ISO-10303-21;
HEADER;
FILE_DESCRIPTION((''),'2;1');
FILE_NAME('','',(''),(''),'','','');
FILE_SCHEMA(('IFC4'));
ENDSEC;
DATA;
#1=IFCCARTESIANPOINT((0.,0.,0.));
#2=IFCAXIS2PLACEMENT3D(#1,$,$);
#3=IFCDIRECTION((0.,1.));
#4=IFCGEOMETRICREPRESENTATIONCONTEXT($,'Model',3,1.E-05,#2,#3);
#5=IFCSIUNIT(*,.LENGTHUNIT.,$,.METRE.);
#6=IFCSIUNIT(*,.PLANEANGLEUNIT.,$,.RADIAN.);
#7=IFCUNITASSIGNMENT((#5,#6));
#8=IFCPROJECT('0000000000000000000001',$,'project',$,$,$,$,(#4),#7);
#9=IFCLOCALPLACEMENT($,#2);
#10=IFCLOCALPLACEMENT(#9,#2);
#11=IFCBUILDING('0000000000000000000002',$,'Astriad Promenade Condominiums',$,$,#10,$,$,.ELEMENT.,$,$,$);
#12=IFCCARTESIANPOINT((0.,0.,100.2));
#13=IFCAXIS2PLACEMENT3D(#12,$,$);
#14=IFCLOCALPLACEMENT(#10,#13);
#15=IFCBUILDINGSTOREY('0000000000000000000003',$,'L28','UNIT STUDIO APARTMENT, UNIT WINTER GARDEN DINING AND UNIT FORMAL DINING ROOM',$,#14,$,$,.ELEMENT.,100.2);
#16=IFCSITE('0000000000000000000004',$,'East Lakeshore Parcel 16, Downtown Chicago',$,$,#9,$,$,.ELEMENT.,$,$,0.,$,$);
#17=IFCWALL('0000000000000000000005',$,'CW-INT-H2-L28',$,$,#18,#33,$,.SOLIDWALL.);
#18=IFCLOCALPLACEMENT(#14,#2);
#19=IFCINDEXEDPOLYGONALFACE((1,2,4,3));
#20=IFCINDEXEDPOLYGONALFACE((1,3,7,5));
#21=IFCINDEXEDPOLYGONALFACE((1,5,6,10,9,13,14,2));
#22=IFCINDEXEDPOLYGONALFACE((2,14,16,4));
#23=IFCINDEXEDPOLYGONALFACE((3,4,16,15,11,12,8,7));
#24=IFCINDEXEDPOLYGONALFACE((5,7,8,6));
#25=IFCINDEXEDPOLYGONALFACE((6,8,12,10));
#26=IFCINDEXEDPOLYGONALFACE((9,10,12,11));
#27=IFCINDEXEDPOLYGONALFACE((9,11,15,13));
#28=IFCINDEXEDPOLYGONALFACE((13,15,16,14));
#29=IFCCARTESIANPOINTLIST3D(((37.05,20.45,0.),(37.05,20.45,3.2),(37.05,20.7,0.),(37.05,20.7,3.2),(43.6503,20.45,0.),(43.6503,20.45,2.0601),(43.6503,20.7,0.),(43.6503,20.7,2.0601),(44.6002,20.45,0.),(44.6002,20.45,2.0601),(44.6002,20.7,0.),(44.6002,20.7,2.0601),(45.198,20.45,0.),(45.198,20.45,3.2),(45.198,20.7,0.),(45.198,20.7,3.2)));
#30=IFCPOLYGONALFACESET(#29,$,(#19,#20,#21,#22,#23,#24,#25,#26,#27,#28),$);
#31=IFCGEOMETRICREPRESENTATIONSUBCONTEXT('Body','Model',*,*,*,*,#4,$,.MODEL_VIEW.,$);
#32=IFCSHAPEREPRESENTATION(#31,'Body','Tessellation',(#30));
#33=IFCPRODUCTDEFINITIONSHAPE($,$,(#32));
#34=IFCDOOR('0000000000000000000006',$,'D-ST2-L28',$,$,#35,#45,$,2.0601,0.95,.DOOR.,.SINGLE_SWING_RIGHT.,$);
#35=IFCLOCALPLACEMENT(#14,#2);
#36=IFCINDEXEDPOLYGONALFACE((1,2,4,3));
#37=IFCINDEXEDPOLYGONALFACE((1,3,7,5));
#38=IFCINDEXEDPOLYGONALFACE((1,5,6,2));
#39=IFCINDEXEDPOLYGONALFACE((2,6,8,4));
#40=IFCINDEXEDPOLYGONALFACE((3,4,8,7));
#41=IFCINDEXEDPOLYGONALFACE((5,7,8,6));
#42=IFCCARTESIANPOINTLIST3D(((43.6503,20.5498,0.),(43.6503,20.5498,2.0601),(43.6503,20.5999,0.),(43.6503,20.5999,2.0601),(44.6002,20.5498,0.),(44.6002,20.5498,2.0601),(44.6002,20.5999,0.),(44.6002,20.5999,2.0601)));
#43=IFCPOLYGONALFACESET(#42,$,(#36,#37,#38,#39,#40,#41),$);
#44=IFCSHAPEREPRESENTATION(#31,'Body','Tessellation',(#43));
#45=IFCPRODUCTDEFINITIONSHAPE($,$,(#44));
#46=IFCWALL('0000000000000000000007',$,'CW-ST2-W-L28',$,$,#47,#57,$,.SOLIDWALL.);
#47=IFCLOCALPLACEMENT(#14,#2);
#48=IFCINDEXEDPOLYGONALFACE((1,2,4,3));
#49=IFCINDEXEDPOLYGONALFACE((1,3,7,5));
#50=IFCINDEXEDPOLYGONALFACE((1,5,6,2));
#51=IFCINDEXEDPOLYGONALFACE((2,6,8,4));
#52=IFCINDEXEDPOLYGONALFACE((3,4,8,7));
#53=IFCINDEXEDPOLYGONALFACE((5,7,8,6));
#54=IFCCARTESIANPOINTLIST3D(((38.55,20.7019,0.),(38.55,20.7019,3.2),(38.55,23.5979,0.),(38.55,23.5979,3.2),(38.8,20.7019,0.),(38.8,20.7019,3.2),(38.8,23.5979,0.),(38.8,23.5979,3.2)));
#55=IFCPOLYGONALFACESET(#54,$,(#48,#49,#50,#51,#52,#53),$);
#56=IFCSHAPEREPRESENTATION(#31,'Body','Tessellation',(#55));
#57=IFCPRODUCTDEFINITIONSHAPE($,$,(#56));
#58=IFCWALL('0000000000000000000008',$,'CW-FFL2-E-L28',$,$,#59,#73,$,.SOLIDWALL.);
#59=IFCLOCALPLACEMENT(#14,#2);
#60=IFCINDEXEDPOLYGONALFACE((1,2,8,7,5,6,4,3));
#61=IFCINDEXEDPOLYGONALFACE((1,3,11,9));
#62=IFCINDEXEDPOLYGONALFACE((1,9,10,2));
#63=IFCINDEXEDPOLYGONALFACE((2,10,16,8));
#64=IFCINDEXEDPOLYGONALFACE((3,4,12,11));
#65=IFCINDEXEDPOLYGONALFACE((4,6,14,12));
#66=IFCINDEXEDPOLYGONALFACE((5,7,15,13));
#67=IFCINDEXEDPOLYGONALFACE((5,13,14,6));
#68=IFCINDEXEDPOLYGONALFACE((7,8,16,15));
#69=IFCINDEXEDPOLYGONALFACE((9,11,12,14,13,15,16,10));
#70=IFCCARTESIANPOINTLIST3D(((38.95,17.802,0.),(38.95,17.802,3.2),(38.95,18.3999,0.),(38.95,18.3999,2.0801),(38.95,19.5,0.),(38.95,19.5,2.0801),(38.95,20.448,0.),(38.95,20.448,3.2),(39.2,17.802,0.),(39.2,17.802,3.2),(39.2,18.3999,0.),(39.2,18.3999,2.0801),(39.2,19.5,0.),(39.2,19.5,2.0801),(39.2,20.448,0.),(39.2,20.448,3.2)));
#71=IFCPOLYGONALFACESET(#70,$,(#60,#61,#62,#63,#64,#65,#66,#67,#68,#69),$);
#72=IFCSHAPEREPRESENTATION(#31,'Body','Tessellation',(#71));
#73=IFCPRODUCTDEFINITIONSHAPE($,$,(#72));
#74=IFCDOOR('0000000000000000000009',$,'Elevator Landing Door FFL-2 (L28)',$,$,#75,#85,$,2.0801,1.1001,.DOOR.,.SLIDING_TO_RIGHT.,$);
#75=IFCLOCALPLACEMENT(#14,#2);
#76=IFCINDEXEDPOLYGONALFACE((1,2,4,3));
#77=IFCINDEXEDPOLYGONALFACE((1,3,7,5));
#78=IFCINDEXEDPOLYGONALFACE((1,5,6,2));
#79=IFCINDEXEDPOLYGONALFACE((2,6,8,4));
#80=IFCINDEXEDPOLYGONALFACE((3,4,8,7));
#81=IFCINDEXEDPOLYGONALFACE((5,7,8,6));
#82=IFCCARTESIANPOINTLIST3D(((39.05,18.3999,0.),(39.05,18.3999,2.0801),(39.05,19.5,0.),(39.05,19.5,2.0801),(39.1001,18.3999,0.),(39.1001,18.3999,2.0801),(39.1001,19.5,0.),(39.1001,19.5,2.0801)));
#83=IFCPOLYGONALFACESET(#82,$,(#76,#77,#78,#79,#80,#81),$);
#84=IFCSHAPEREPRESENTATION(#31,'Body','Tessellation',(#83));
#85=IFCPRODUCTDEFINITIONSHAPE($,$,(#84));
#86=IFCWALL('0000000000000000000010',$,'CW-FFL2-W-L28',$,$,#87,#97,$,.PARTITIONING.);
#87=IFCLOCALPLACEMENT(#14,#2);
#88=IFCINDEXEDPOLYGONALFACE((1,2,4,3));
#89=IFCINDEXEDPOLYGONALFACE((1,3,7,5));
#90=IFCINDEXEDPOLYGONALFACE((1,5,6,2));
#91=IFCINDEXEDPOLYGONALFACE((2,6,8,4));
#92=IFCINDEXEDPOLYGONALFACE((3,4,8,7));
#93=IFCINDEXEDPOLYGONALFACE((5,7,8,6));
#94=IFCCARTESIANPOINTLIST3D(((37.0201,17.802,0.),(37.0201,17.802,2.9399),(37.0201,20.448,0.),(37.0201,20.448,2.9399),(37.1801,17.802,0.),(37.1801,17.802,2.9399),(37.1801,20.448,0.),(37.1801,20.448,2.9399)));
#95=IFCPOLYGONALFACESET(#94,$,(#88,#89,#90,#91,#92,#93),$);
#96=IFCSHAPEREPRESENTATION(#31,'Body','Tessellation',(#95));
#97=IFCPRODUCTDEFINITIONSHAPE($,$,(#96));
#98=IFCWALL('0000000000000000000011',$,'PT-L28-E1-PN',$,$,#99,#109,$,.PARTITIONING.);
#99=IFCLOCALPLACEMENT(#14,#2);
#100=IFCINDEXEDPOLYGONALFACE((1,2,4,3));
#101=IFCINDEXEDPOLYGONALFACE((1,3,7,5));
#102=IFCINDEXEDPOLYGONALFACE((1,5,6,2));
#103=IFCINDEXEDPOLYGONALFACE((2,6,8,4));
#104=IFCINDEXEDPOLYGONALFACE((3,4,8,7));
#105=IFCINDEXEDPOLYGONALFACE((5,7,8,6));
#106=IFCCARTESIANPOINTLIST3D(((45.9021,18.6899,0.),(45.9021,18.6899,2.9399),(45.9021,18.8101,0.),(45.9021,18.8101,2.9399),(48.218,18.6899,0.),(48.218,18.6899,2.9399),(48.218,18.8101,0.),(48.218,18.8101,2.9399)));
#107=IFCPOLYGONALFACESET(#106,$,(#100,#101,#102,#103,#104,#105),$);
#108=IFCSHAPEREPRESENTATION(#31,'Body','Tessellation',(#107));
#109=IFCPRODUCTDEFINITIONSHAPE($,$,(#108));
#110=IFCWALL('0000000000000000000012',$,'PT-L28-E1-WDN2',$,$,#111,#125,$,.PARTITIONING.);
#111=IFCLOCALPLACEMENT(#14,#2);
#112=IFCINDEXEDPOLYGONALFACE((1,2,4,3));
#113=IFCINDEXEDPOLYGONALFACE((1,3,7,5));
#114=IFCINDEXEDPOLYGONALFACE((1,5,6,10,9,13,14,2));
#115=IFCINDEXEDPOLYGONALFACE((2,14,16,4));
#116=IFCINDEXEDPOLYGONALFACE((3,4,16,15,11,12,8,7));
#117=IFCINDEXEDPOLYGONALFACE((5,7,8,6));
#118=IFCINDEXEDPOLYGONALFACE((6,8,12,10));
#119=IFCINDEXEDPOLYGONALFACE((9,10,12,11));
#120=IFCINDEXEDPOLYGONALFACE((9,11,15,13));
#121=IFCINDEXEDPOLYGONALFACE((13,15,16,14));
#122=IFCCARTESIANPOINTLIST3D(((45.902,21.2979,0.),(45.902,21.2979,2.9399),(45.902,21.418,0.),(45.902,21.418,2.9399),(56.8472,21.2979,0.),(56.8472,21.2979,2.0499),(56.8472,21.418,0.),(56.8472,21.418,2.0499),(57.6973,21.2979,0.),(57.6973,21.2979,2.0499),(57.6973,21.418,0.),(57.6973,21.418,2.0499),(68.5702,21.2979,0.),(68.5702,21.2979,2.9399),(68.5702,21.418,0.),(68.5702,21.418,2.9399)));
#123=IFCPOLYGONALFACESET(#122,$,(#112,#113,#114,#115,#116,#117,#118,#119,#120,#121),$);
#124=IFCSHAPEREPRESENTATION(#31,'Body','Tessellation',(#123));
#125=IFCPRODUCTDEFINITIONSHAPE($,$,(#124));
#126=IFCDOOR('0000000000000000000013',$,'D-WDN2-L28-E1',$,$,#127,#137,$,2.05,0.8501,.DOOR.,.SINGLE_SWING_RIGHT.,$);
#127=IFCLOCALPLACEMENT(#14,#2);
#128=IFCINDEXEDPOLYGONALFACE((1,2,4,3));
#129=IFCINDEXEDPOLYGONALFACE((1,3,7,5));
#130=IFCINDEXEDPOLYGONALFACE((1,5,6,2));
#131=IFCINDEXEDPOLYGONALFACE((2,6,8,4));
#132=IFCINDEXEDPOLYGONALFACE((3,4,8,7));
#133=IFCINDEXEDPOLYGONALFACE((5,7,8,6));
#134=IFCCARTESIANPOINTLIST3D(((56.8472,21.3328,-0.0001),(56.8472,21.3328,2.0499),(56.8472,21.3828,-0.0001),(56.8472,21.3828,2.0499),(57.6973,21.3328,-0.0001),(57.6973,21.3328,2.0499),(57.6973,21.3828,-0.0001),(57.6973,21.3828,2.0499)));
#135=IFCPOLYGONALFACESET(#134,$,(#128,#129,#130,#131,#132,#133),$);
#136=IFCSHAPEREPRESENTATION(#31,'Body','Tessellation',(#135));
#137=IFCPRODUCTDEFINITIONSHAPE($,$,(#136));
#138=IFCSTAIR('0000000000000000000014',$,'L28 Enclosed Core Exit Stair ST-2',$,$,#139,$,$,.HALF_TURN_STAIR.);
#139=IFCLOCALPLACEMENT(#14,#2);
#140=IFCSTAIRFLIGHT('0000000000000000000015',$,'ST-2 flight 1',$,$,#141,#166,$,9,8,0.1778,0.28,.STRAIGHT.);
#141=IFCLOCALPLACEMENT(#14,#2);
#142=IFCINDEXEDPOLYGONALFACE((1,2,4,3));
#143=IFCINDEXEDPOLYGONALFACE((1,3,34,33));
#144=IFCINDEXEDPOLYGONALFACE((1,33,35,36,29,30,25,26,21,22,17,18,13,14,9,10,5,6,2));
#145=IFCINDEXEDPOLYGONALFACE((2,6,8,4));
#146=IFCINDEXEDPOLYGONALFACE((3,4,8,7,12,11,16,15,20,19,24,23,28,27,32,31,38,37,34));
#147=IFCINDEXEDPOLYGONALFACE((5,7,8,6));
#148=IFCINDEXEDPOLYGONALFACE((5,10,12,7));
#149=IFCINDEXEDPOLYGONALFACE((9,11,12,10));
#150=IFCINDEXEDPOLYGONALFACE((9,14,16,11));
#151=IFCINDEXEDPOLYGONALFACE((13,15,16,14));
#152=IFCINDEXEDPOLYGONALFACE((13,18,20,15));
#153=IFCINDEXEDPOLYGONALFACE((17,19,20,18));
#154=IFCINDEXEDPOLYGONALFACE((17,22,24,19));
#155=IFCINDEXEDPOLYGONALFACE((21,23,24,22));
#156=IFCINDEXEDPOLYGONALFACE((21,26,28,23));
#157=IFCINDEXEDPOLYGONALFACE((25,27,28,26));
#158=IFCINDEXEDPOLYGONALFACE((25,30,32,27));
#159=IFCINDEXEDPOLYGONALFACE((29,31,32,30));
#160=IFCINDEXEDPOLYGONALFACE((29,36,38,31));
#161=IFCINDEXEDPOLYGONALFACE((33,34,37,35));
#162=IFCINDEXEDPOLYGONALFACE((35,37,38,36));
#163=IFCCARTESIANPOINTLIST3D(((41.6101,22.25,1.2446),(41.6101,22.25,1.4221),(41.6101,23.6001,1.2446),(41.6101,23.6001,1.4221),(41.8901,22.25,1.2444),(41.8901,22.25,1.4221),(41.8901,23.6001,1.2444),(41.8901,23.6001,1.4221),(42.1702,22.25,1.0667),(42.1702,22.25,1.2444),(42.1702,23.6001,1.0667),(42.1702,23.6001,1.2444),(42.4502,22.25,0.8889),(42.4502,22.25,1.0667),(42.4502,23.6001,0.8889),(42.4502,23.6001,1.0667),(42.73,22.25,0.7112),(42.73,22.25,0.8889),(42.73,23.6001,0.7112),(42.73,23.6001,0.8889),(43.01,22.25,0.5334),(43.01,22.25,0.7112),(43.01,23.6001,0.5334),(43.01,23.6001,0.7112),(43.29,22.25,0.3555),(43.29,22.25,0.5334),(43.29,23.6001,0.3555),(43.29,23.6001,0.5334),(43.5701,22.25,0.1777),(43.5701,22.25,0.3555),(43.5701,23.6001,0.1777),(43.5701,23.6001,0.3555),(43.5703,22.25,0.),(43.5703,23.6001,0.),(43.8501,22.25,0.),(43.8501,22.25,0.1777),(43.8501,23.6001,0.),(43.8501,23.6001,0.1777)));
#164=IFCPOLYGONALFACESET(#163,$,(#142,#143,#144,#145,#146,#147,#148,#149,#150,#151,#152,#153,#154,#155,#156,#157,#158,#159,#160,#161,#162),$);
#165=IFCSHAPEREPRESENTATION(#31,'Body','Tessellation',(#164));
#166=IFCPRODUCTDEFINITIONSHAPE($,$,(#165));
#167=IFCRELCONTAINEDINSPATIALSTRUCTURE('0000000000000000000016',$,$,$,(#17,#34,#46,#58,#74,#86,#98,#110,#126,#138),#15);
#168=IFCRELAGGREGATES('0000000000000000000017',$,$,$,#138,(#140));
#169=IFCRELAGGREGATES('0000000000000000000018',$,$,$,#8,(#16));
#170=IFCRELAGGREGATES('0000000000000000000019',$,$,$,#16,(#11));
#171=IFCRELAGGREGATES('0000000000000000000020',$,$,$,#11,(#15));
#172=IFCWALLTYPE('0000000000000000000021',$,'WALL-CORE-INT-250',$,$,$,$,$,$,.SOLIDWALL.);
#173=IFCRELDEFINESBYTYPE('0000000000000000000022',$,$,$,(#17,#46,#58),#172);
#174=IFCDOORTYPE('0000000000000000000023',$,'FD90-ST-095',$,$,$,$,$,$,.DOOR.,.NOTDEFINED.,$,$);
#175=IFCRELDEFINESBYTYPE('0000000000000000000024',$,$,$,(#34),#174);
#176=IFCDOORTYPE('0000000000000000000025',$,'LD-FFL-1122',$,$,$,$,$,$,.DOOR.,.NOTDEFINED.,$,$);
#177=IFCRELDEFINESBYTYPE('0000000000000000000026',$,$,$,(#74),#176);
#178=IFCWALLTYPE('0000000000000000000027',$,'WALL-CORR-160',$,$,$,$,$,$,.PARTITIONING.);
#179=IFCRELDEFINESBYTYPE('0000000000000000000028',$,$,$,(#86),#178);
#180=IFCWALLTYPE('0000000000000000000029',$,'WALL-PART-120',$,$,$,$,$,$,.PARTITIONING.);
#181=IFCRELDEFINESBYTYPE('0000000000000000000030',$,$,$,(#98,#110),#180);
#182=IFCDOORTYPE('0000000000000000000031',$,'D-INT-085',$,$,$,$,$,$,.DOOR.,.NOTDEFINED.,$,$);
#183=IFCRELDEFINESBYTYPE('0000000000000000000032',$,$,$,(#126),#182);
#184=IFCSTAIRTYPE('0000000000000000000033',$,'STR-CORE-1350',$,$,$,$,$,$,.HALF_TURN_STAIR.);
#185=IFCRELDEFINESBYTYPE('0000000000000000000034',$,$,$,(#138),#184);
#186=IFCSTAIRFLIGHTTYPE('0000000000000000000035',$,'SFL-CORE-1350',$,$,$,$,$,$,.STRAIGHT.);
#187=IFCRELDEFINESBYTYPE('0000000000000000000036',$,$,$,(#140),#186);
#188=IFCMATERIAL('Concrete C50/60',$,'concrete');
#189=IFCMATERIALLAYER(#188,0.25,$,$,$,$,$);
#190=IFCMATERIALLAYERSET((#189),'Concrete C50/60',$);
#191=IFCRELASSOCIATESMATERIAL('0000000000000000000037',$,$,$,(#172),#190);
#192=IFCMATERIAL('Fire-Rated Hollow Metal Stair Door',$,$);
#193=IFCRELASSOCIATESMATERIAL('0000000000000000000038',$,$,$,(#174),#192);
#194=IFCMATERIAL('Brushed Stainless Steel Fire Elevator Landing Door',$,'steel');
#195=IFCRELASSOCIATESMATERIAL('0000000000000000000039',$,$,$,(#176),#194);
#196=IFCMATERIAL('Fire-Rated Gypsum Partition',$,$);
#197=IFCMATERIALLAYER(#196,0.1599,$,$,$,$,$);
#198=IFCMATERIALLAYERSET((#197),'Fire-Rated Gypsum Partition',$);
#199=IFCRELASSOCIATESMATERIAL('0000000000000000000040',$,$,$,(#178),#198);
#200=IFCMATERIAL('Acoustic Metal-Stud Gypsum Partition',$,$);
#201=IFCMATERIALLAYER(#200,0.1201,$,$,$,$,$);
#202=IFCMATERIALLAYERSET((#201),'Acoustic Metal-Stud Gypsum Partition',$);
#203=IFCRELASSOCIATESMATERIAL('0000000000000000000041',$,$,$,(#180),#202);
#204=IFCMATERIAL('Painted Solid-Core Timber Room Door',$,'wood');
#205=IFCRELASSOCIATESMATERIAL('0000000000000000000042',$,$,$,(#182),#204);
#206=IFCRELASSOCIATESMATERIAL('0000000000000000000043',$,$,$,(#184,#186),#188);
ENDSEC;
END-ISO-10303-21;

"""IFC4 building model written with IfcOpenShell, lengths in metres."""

from ifc_helpers import new_model, si_unit, direction, frame, frame_2d, origin, place, context, subcontext, project, spatial, polyline, rectangle, outline, extrude, source, transform, mapped, material, layer, layer_set, type_object, type_shapes, element, fill, aggregate, save


model = new_model("IFC4")

# Units and contexts
model_context = context("Model", 3, precision=1e-05, world=origin(), true_north=direction((0.0, 1.0)))
body_context = subcontext(model_context, "Body", "Model", "MODEL_VIEW")
ifc_project = project(units=[si_unit("LENGTHUNIT", "METRE"), si_unit("PLANEANGLEUNIT", "RADIAN")], contexts=[model_context])

# Site, building, storey
site_placement = place(None, origin())
site = spatial("IfcSite", under=ifc_project, at=site_placement, Name="East Lakeshore Parcel 16, Downtown Chicago", CompositionType="ELEMENT", RefElevation=0.0)
building_placement = place(site_placement, origin())
building = spatial("IfcBuilding", under=site, at=building_placement, Name="Astriad Promenade Condominiums", CompositionType="ELEMENT")
storey_placement = place(building_placement, frame((0.0, 0.0, 100.2)))
storey = spatial("IfcBuildingStorey", under=building, at=storey_placement, Name="L28", Description="UNIT STUDIO APARTMENT, UNIT WINTER GARDEN DINING AND UNIT FORMAL DINING ROOM", CompositionType="ELEMENT", Elevation=100.2)

# Wall, opening, door
ifc_material_1 = material(Name="Concrete C50/60", Category="concrete")
ifc_layer_1 = layer(ifc_material_1, 0.25)
ifc_layer_set_1 = layer_set([ifc_layer_1], Name="Concrete C50/60")
wall_type_1 = type_object("IfcWallType", Name="WALL-CORE-INT-250", PredefinedType="SOLIDWALL", material=ifc_layer_set_1)
wall_1_placement = place(storey_placement, frame((37.05, 20.575, 0.0), z_axis=(0.0, 0.0, 1.0), x_axis=(1.0, 0.0, 0.0)))
wall_1 = element("IfcWall", 1, at=wall_1_placement, inside=storey, type_object=wall_type_1, Name="CW-INT-H2-L28", PredefinedType="SOLIDWALL", context=body_context, shape_type="SweptSolid", body=[
    extrude(rectangle(XDim=8.1479, YDim=0.25, at=frame_2d((4.074, 0.0))), origin(), (0.0, 0.0, 1.0), 3.2),
])
opening_1_placement = place(wall_1_placement, frame((6.6001, 0.0, 0.0)))
opening_1 = element("IfcOpeningElement", 2, at=opening_1_placement, cuts=wall_1, PredefinedType="OPENING", context=body_context, shape_type="SweptSolid", body=[
    extrude(rectangle(XDim=0.95, YDim=2.0601, at=frame_2d((0.4751, 1.03))), frame((0.0, 0.135, 0.0), z_axis=(0.0, -1.0, 0.0), x_axis=(1.0, 0.0, 0.0)), (0.0, 0.0, 1.0), 0.27),
])
ifc_material_2 = material(Name="Fire-Rated Hollow Metal Stair Door")
door_type_1 = type_object("IfcDoorType", Name="FD90-ST-095", OperationType="NOTDEFINED", PredefinedType="DOOR", material=ifc_material_2)
shared_shape_1 = source(origin(), body_context, "Body", "SweptSolid", [
    extrude(rectangle(XDim=0.95, YDim=2.0601, at=frame_2d((0.4751, 1.03))), frame((0.0, 0.0249, 0.0), z_axis=(0.0, -1.0, 0.0), x_axis=(1.0, 0.0, 0.0)), (0.0, 0.0, 1.0), 0.05),
])
type_shapes(door_type_1, [shared_shape_1])
door_1_placement = place(opening_1_placement, origin())
door_1 = element("IfcDoor", 3, at=door_1_placement, inside=storey, type_object=door_type_1, Name="D-ST2-L28", OperationType="SINGLE_SWING_RIGHT", OverallHeight=2.0601, OverallWidth=0.95, PredefinedType="DOOR", context=body_context, shape_type="MappedRepresentation", body=[
    mapped(shared_shape_1, transform((0.0, 0.0, 0.0), scale=1.0)),
])
fill(opening_1, door_1)

# Wall
wall_2_placement = place(storey_placement, frame((38.675, 20.7019, 0.0), z_axis=(0.0, 0.0, 1.0), x_axis=(0.0, 1.0, 0.0)))
element("IfcWall", 4, at=wall_2_placement, inside=storey, type_object=wall_type_1, Name="CW-ST2-W-L28", PredefinedType="SOLIDWALL", context=body_context, shape_type="SweptSolid", body=[
    extrude(rectangle(XDim=2.896, YDim=0.25, at=frame_2d((1.448, 0.0))), origin(), (0.0, 0.0, 1.0), 3.2),
])

# Wall, opening, door
wall_3_placement = place(storey_placement, frame((39.075, 17.802, 0.0), z_axis=(0.0, 0.0, 1.0), x_axis=(0.0, 1.0, 0.0)))
wall_3 = element("IfcWall", 5, at=wall_3_placement, inside=storey, type_object=wall_type_1, Name="CW-FFL2-E-L28", PredefinedType="SOLIDWALL", context=body_context, shape_type="SweptSolid", body=[
    extrude(rectangle(XDim=2.646, YDim=0.25, at=frame_2d((1.323, 0.0))), origin(), (0.0, 0.0, 1.0), 3.2),
])
opening_2_placement = place(wall_3_placement, frame((0.5979, 0.0, 0.0)))
opening_2 = element("IfcOpeningElement", 6, at=opening_2_placement, cuts=wall_3, PredefinedType="OPENING", context=body_context, shape_type="SweptSolid", body=[
    extrude(rectangle(XDim=1.1001, YDim=2.0801, at=frame_2d((0.55, 1.04))), frame((0.0, 0.135, 0.0), z_axis=(0.0, -1.0, 0.0), x_axis=(1.0, 0.0, 0.0)), (0.0, 0.0, 1.0), 0.27),
])
ifc_material_3 = material(Name="Brushed Stainless Steel Fire Elevator Landing Door", Category="steel")
door_type_2 = type_object("IfcDoorType", Name="LD-FFL-1122", OperationType="NOTDEFINED", PredefinedType="DOOR", material=ifc_material_3)
shared_shape_2 = source(origin(), body_context, "Body", "SweptSolid", [
    extrude(rectangle(XDim=1.1001, YDim=2.0801, at=frame_2d((0.55, 1.04))), frame((0.0, 0.0249, 0.0), z_axis=(0.0, -1.0, 0.0), x_axis=(1.0, 0.0, 0.0)), (0.0, 0.0, 1.0), 0.05),
])
type_shapes(door_type_2, [shared_shape_2])
door_2_placement = place(opening_2_placement, origin())
door_2 = element("IfcDoor", 7, at=door_2_placement, inside=storey, type_object=door_type_2, Name="Elevator Landing Door FFL-2 (L28)", OperationType="SLIDING_TO_RIGHT", OverallHeight=2.0801, OverallWidth=1.1001, PredefinedType="DOOR", context=body_context, shape_type="MappedRepresentation", body=[
    mapped(shared_shape_2, transform((0.0, 0.0, 0.0), scale=1.0)),
])
fill(opening_2, door_2)

# Walls
ifc_material_4 = material(Name="Fire-Rated Gypsum Partition")
ifc_layer_2 = layer(ifc_material_4, 0.1599)
ifc_layer_set_2 = layer_set([ifc_layer_2], Name="Fire-Rated Gypsum Partition")
wall_type_2 = type_object("IfcWallType", Name="WALL-CORR-160", PredefinedType="PARTITIONING", material=ifc_layer_set_2)
wall_4_placement = place(storey_placement, frame((37.1001, 17.802, 0.0), z_axis=(0.0, 0.0, 1.0), x_axis=(0.0, 1.0, 0.0)))
element("IfcWall", 8, at=wall_4_placement, inside=storey, type_object=wall_type_2, Name="CW-FFL2-W-L28", PredefinedType="PARTITIONING", context=body_context, shape_type="SweptSolid", body=[
    extrude(rectangle(XDim=2.646, YDim=0.1599, at=frame_2d((1.323, 0.0))), origin(), (0.0, 0.0, 1.0), 2.9399),
])
ifc_material_5 = material(Name="Acoustic Metal-Stud Gypsum Partition")
ifc_layer_3 = layer(ifc_material_5, 0.1201)
ifc_layer_set_3 = layer_set([ifc_layer_3], Name="Acoustic Metal-Stud Gypsum Partition")
wall_type_3 = type_object("IfcWallType", Name="WALL-PART-120", PredefinedType="PARTITIONING", material=ifc_layer_set_3)
wall_5_placement = place(storey_placement, frame((45.9021, 18.75, 0.0), z_axis=(0.0, 0.0, 1.0), x_axis=(1.0, 0.0, 0.0)))
element("IfcWall", 9, at=wall_5_placement, inside=storey, type_object=wall_type_3, Name="PT-L28-E1-PN", PredefinedType="PARTITIONING", context=body_context, shape_type="SweptSolid", body=[
    extrude(rectangle(XDim=2.3159, YDim=0.1201, at=frame_2d((1.158, 0.0))), origin(), (0.0, 0.0, 1.0), 2.9399),
])

# Wall, opening, door
wall_6_placement = place(storey_placement, frame((45.9021, 21.3579, 0.0), z_axis=(0.0, 0.0, 1.0), x_axis=(1.0, 0.0, 0.0)))
wall_6 = element("IfcWall", 10, at=wall_6_placement, inside=storey, type_object=wall_type_3, Name="PT-L28-E1-WDN2", PredefinedType="PARTITIONING", context=body_context, shape_type="SweptSolid", body=[
    extrude(rectangle(XDim=22.6682, YDim=0.1201, at=frame_2d((11.334, 0.0))), origin(), (0.0, 0.0, 1.0), 2.9399),
])
opening_3_placement = place(wall_6_placement, frame((10.9451, 0.0, 0.0)))
opening_3 = element("IfcOpeningElement", 11, at=opening_3_placement, cuts=wall_6, PredefinedType="OPENING", context=body_context, shape_type="SweptSolid", body=[
    extrude(rectangle(XDim=0.8501, YDim=2.05, at=frame_2d((0.425, 1.0249))), frame((0.0, 0.0701, 0.0), z_axis=(0.0, -1.0, 0.0), x_axis=(1.0, 0.0, 0.0)), (0.0, 0.0, 1.0), 0.1401),
])
ifc_material_6 = material(Name="Painted Solid-Core Timber Room Door", Category="wood")
door_type_3 = type_object("IfcDoorType", Name="D-INT-085", OperationType="NOTDEFINED", PredefinedType="DOOR", material=ifc_material_6)
shared_shape_3 = source(origin(), body_context, "Body", "SweptSolid", [
    extrude(rectangle(XDim=0.8501, YDim=2.05, at=frame_2d((0.425, 1.0249))), frame((0.0, 0.0249, 0.0), z_axis=(0.0, -1.0, 0.0), x_axis=(1.0, 0.0, 0.0)), (0.0, 0.0, 1.0), 0.05),
])
type_shapes(door_type_3, [shared_shape_3])
door_3_placement = place(opening_3_placement, origin())
door_3 = element("IfcDoor", 12, at=door_3_placement, inside=storey, type_object=door_type_3, Name="D-WDN2-L28-E1", OperationType="SINGLE_SWING_RIGHT", OverallHeight=2.05, OverallWidth=0.8501, PredefinedType="DOOR", context=body_context, shape_type="MappedRepresentation", body=[
    mapped(shared_shape_3, transform((0.0, 0.0, 0.0), scale=1.0)),
])
fill(opening_3, door_3)

# Stair, stair flight
stair_type = type_object("IfcStairType", Name="STR-CORE-1350", PredefinedType="HALF_TURN_STAIR", material=ifc_material_1)
stair_placement = place(storey_placement, origin())
stair = element("IfcStair", 13, at=stair_placement, inside=storey, type_object=stair_type, Name="L28 Enclosed Core Exit Stair ST-2", PredefinedType="HALF_TURN_STAIR")
stair_flight_type = type_object("IfcStairFlightType", Name="SFL-CORE-1350", PredefinedType="STRAIGHT", material=ifc_material_1)
shared_shape_4 = source(origin(), body_context, "Body", "SweptSolid", [
    extrude(outline(polyline([(0.0, 0.0), (0.0, 0.1777), (0.28, 0.1777), (0.28, 0.3555), (0.5601, 0.3555), (0.5601, 0.5334), (0.8401, 0.5334), (0.8401, 0.7112), (1.1201, 0.7112), (1.1201, 0.8889), (1.3999, 0.8889), (1.3999, 1.0667), (1.6799, 1.0667), (1.6799, 1.2444), (1.96, 1.2444), (1.96, 1.4221), (2.24, 1.4221), (2.24, 1.6001), (2.24, 1.2446), (0.2798, 0.0), (0.0, 0.0)])), frame((0.0, 0.675, 0.0), z_axis=(0.0, -1.0, 0.0), x_axis=(1.0, 0.0, 0.0)), (0.0, 0.0, 1.0), 1.3501),
])
type_shapes(stair_flight_type, [shared_shape_4])
stair_flight_1_placement = place(storey_placement, frame((43.8501, 22.925, 0.0), z_axis=(0.0, 0.0, 1.0), x_axis=(-1.0, 0.0, 0.0)))
stair_flight_1 = element("IfcStairFlight", 14, at=stair_flight_1_placement, type_object=stair_flight_type, Name="ST-2 flight 1", NumberOfRisers=9, NumberOfTreads=8, PredefinedType="STRAIGHT", RiserHeight=0.1778, TreadLength=0.28, context=body_context, shape_type="MappedRepresentation", body=[
    mapped(shared_shape_4, transform((0.0, 0.0, 0.0), scale=1.0)),
])
aggregate(stair, [stair_flight_1])

save(model, "model.ifc")
